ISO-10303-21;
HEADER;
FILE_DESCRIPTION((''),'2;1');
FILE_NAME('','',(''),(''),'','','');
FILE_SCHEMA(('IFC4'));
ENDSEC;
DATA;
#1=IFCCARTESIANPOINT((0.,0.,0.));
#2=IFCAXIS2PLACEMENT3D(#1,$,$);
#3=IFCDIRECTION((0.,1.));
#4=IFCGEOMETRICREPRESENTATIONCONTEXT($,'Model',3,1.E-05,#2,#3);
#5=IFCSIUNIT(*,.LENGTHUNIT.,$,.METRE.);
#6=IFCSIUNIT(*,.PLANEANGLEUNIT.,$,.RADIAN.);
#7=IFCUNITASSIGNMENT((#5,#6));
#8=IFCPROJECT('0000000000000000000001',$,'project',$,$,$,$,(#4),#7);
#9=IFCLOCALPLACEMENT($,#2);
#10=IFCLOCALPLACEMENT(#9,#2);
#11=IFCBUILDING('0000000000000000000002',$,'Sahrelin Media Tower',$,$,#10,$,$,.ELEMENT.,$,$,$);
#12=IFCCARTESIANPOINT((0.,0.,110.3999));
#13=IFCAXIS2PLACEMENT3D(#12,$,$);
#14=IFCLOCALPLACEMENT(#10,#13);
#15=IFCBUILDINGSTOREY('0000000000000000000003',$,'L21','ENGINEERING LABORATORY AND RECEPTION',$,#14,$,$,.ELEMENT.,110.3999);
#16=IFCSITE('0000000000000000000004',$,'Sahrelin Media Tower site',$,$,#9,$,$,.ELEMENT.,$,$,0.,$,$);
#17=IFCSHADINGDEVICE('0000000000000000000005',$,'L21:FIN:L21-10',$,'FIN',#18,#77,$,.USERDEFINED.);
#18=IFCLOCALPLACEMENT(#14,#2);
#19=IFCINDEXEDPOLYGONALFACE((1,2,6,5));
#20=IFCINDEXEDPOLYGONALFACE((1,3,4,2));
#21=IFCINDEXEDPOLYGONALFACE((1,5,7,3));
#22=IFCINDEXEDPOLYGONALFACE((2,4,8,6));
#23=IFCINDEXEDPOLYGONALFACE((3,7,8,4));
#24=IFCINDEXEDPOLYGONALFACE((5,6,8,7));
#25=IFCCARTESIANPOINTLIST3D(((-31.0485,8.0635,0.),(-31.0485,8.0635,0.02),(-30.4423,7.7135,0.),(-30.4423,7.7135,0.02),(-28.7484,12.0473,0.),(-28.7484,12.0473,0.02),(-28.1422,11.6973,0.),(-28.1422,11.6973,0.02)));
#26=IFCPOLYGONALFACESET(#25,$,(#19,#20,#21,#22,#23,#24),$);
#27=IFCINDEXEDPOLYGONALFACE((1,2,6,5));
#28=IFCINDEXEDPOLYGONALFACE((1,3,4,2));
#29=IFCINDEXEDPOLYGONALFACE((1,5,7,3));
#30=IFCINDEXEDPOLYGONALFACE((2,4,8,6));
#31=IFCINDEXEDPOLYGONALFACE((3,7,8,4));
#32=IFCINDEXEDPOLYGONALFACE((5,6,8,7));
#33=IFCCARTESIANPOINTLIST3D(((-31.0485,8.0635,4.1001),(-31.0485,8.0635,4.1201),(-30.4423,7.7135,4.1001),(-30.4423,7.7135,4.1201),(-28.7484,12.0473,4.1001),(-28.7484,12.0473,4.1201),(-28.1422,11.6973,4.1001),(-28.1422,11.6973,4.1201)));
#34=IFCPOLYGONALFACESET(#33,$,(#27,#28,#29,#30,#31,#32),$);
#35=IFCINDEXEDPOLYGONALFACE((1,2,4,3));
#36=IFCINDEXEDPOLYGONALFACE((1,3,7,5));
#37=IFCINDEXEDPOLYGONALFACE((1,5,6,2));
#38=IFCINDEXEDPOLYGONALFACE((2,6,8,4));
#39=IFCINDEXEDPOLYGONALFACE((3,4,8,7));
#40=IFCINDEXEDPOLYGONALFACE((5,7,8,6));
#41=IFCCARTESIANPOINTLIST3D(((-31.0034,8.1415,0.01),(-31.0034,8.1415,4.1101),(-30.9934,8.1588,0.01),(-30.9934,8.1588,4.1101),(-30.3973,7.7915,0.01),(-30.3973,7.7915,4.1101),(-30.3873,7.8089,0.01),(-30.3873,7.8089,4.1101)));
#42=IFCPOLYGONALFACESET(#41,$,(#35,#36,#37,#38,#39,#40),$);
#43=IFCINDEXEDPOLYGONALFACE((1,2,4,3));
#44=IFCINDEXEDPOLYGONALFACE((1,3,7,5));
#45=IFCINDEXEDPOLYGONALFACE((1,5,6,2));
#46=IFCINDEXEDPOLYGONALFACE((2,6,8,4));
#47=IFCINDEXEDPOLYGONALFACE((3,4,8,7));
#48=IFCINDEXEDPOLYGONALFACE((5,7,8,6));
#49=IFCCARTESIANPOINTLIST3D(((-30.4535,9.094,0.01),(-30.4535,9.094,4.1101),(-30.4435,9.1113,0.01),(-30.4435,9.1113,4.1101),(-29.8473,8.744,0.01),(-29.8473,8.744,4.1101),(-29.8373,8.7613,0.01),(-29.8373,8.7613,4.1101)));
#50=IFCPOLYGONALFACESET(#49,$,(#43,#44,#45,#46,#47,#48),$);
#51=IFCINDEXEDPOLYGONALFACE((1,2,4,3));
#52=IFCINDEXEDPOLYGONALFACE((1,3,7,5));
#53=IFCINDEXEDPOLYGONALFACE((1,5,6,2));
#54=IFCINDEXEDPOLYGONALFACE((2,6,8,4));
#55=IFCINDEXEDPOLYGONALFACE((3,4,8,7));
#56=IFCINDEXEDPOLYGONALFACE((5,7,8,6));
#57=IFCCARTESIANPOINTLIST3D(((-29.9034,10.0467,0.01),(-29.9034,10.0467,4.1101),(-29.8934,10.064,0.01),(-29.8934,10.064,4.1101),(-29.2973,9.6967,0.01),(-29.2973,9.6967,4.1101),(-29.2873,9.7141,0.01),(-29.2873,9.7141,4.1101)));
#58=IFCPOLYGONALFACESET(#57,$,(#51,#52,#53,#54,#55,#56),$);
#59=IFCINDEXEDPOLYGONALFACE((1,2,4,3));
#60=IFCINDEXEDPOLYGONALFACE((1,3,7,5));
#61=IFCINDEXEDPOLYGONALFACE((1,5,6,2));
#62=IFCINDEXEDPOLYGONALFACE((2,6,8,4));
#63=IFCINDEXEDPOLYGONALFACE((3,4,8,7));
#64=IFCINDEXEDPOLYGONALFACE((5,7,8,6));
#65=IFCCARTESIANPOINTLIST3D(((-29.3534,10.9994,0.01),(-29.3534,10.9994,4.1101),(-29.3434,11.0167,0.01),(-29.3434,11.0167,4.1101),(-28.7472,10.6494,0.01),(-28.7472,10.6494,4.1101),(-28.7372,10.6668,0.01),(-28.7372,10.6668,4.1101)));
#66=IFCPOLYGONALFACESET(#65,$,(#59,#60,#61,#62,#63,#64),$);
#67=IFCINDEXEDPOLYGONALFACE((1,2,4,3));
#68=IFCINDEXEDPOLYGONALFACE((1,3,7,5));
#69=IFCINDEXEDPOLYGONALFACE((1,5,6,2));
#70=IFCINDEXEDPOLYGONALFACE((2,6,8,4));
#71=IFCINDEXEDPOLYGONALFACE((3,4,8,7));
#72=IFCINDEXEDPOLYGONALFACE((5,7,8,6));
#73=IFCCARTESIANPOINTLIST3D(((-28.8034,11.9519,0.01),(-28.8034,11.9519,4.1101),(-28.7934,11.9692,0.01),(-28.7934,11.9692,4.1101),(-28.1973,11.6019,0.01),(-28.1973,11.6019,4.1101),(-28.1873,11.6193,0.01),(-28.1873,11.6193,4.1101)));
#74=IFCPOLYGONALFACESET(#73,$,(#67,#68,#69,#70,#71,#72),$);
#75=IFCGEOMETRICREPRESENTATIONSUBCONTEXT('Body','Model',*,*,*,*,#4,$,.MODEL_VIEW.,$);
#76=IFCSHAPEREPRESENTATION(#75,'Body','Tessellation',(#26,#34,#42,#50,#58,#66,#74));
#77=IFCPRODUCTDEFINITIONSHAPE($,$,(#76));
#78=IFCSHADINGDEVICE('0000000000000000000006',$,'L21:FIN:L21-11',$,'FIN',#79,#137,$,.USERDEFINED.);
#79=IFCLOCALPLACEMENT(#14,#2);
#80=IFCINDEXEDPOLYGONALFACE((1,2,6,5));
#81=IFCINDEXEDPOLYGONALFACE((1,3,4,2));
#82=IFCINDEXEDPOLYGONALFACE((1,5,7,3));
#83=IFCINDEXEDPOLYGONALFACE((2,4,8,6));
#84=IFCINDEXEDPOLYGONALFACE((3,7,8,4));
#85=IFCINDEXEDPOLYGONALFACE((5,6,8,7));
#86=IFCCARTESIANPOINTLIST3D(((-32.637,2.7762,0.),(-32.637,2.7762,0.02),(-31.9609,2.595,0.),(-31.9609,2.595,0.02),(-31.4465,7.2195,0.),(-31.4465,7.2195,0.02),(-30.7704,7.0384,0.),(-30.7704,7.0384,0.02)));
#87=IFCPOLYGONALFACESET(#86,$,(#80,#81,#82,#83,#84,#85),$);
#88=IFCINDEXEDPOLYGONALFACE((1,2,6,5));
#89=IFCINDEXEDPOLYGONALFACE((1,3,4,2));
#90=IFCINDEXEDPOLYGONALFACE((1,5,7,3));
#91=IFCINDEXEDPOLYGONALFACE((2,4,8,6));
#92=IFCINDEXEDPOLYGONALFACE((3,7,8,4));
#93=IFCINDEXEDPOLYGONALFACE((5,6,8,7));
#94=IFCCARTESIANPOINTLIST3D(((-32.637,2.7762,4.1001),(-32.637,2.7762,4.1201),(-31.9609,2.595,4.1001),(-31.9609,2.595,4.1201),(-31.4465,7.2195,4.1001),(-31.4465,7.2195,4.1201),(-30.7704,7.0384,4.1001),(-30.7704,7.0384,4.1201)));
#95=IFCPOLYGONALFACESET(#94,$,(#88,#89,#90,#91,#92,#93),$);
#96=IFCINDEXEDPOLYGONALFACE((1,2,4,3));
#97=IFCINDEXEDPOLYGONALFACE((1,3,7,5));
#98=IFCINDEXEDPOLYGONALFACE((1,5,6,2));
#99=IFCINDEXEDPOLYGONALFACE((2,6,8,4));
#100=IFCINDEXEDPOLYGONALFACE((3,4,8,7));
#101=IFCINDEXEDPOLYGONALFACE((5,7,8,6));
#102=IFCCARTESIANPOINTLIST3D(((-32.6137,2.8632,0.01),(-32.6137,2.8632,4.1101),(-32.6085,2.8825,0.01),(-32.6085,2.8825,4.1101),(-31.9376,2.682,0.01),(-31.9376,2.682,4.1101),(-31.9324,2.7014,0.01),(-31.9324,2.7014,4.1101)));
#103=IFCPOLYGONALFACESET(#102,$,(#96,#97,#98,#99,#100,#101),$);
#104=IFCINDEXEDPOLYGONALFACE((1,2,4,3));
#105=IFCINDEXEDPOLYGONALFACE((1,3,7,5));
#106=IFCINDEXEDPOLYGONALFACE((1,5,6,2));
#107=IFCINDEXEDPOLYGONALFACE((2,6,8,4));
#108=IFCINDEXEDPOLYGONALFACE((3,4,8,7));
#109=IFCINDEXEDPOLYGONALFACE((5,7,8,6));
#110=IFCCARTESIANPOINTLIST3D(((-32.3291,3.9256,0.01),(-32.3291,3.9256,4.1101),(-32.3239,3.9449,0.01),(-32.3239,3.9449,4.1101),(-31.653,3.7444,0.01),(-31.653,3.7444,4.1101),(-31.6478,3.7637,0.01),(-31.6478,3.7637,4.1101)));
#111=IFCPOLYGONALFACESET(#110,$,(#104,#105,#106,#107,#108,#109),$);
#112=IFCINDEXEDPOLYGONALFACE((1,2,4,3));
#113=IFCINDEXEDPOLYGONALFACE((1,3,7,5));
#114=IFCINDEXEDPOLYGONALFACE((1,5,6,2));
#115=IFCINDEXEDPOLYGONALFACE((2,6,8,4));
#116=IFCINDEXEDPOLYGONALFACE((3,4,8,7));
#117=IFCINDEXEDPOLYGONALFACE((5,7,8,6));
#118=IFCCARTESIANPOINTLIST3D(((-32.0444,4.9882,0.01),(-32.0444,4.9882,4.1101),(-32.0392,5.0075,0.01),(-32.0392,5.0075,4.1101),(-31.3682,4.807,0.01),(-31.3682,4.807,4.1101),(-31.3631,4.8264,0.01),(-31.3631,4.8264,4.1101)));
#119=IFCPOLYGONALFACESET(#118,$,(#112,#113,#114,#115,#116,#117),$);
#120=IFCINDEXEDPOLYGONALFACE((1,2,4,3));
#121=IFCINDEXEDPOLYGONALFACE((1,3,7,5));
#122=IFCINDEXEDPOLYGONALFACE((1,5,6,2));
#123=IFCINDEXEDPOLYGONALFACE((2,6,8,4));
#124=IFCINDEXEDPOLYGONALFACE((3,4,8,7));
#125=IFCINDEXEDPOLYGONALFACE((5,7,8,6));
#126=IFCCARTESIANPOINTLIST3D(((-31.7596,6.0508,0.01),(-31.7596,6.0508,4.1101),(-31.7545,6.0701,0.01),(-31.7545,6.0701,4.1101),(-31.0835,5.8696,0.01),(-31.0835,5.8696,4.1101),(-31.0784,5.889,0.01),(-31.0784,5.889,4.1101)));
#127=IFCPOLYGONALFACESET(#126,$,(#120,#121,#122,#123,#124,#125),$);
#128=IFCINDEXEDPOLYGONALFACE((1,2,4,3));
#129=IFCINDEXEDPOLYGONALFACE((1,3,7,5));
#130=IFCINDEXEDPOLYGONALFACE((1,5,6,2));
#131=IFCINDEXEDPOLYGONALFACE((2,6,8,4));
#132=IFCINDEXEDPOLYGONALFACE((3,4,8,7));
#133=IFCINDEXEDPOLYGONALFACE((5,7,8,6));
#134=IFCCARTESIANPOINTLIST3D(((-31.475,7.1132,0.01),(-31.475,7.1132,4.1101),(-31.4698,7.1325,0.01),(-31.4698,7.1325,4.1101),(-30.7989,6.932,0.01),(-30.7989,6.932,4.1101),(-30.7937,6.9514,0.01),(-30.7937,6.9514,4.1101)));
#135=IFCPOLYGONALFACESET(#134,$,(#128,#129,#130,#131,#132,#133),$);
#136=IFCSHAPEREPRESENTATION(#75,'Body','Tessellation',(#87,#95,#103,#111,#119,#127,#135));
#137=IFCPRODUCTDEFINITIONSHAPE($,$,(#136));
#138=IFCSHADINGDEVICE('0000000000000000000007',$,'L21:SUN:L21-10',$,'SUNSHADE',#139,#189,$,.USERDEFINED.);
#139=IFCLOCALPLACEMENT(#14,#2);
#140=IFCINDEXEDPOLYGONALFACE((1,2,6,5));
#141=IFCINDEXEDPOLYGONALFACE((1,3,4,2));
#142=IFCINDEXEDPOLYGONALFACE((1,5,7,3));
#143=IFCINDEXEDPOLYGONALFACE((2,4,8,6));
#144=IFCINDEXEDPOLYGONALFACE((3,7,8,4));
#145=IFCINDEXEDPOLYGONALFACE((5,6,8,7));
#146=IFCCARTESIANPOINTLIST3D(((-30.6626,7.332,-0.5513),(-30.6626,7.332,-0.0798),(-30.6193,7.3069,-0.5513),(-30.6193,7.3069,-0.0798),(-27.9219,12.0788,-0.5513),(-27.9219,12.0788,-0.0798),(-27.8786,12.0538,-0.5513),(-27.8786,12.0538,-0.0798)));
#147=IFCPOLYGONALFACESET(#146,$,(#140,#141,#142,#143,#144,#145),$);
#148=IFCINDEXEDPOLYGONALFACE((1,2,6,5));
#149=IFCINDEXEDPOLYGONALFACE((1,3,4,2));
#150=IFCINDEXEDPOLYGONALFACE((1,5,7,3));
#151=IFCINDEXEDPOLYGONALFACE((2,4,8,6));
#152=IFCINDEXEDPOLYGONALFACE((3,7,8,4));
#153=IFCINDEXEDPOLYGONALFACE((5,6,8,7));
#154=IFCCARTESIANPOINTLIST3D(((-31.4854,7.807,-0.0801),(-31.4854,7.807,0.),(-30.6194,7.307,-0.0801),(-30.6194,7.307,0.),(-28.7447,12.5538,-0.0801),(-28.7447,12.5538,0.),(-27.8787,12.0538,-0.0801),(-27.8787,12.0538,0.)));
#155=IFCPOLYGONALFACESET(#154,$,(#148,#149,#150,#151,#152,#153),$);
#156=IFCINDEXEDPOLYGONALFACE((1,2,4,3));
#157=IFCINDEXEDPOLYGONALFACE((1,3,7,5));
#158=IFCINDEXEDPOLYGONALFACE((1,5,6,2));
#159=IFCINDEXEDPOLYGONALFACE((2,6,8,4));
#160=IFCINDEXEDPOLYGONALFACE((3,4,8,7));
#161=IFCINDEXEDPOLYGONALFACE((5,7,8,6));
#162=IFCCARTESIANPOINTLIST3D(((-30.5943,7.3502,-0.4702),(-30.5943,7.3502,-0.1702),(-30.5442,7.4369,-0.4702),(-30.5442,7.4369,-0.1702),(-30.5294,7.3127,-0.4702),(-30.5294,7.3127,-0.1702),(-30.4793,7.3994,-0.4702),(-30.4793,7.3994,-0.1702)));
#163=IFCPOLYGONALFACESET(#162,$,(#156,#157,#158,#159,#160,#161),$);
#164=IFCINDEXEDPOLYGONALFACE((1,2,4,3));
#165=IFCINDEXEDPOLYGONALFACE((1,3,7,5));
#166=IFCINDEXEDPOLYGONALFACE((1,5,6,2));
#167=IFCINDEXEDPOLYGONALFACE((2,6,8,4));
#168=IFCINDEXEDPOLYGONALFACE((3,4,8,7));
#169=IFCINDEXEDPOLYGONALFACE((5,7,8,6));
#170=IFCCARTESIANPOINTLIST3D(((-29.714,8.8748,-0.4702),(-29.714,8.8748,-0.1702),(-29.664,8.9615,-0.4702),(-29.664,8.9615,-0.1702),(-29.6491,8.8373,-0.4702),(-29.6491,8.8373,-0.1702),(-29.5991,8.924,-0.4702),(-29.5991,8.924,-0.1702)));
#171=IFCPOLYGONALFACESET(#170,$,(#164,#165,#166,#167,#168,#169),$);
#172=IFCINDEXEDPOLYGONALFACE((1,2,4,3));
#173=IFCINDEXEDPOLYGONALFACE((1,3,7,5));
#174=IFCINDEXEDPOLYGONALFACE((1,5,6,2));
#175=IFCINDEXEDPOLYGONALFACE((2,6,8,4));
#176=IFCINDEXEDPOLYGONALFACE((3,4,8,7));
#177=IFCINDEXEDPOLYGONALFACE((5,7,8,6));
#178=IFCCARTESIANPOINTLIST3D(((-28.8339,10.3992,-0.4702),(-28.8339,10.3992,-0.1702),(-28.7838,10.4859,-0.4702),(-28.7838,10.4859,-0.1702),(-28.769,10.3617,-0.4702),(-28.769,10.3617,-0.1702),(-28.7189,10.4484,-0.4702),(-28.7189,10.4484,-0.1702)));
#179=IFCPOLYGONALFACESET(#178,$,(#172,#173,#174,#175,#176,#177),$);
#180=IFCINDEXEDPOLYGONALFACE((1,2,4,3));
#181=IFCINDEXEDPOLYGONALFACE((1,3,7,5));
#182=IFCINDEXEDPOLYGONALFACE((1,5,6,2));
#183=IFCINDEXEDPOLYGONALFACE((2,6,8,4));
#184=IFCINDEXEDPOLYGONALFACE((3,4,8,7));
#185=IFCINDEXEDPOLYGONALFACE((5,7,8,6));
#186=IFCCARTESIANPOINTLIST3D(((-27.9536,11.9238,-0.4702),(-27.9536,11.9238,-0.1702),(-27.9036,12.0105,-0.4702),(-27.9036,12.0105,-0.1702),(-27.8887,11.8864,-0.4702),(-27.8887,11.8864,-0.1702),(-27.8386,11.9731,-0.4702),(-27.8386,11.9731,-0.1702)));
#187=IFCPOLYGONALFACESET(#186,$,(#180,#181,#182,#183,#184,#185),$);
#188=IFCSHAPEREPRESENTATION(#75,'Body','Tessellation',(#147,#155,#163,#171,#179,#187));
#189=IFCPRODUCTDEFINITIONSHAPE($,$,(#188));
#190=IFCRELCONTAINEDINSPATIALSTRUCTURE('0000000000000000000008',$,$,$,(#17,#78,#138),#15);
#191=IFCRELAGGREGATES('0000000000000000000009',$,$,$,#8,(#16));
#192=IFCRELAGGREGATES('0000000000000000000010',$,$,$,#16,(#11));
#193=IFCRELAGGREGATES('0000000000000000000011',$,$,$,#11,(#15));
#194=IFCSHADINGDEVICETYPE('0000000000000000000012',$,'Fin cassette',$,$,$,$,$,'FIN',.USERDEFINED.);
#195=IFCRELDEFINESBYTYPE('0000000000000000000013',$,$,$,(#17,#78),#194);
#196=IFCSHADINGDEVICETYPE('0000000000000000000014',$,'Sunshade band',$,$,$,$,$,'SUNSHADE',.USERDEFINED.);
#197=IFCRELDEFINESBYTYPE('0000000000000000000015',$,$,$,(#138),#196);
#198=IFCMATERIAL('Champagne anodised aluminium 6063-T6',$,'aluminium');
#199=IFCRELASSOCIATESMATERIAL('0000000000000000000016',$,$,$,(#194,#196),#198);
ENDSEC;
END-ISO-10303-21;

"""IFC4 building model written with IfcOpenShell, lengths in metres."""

from ifc_helpers import new_model, si_unit, direction, frame, origin, origin_2d, place, context, subcontext, project, spatial, rectangle, extrude, material, type_object, element, save


model = new_model("IFC4")

# Units and contexts
model_context = context("Model", 3, precision=1e-05, world=origin(), true_north=direction((0.0, 1.0)))
body_context = subcontext(model_context, "Body", "Model", "MODEL_VIEW")
ifc_project = project(units=[si_unit("LENGTHUNIT", "METRE"), si_unit("PLANEANGLEUNIT", "RADIAN")], contexts=[model_context])

# Site, building, storey
site_placement = place(None, origin())
site = spatial("IfcSite", under=ifc_project, at=site_placement, Name="Sahrelin Media Tower site", CompositionType="ELEMENT", RefElevation=0.0)
building_placement = place(site_placement, origin())
building = spatial("IfcBuilding", under=site, at=building_placement, Name="Sahrelin Media Tower", CompositionType="ELEMENT")
storey_placement = place(building_placement, frame((0.0, 0.0, 110.3999)))
storey = spatial("IfcBuildingStorey", under=building, at=storey_placement, Name="L21", Description="ENGINEERING LABORATORY AND RECEPTION", CompositionType="ELEMENT", Elevation=110.3999)

# Shared definitions
ifc_material_1 = material(Name="Champagne anodised aluminium 6063-T6", Category="aluminium")

# Shading devices
shading_device_type_1 = type_object("IfcShadingDeviceType", Name="Fin cassette", ElementType="FIN", PredefinedType="USERDEFINED", material=ifc_material_1)
placement_1 = place(storey_placement, frame((-29.2317, 9.6704, 0.0), z_axis=(0.0, 0.0, 1.0), x_axis=(0.500011, 0.866019, 0.0)))
element("IfcShadingDevice", 1, at=placement_1, inside=storey, type_object=shading_device_type_1, Name="L21:FIN:L21-10", ObjectType="FIN", PredefinedType="USERDEFINED", context=body_context, shape_type="SweptSolid", body=[
    extrude(rectangle(XDim=4.6001, YDim=0.7, at=origin_2d()), frame((0.0, 0.4199, 0.0)), (0.0, 0.0, 1.0), 0.02),
    extrude(rectangle(XDim=4.6001, YDim=0.7, at=origin_2d()), frame((0.0, 0.4199, 4.1001)), (0.0, 0.0, 1.0), 0.02),
    extrude(rectangle(XDim=0.02, YDim=0.7, at=origin_2d()), frame((-2.2, 0.4199, 0.01), z_axis=(0.0, 0.0, 1.0), x_axis=(1.0, 0.0, 0.0)), (0.0, 0.0, 1.0), 4.1001),
    extrude(rectangle(XDim=0.02, YDim=0.7, at=origin_2d()), frame((-1.1001, 0.4199, 0.01), z_axis=(0.0, 0.0, 1.0), x_axis=(1.0, 0.0, 0.0)), (0.0, 0.0, 1.0), 4.1001),
    extrude(rectangle(XDim=0.02, YDim=0.7, at=origin_2d()), frame((0.0, 0.4199, 0.01), z_axis=(0.0, 0.0, 1.0), x_axis=(1.0, 0.0, 0.0)), (0.0, 0.0, 1.0), 4.1001),
    extrude(rectangle(XDim=0.02, YDim=0.7, at=origin_2d()), frame((1.1001, 0.4199, 0.01), z_axis=(0.0, 0.0, 1.0), x_axis=(1.0, 0.0, 0.0)), (0.0, 0.0, 1.0), 4.1001),
    extrude(rectangle(XDim=0.02, YDim=0.7, at=origin_2d()), frame((2.2, 0.4199, 0.01), z_axis=(0.0, 0.0, 1.0), x_axis=(1.0, 0.0, 0.0)), (0.0, 0.0, 1.0), 4.1001),
])
placement_2 = place(storey_placement, frame((-31.2981, 4.7986, 0.0), z_axis=(0.0, 0.0, 1.0), x_axis=(0.258808, 0.965929, 0.0)))
element("IfcShadingDevice", 2, at=placement_2, inside=storey, type_object=shading_device_type_1, Name="L21:FIN:L21-11", ObjectType="FIN", PredefinedType="USERDEFINED", context=body_context, shape_type="SweptSolid", body=[
    extrude(rectangle(XDim=4.6001, YDim=0.7, at=origin_2d()), frame((0.0, 0.4199, 0.0)), (0.0, 0.0, 1.0), 0.02),
    extrude(rectangle(XDim=4.6001, YDim=0.7, at=origin_2d()), frame((0.0, 0.4199, 4.1001)), (0.0, 0.0, 1.0), 0.02),
    extrude(rectangle(XDim=0.02, YDim=0.7, at=origin_2d()), frame((-2.2, 0.4199, 0.01), z_axis=(0.0, 0.0, 1.0), x_axis=(1.0, 0.0, 0.0)), (0.0, 0.0, 1.0), 4.1001),
    extrude(rectangle(XDim=0.02, YDim=0.7, at=origin_2d()), frame((-1.1001, 0.4199, 0.01), z_axis=(0.0, 0.0, 1.0), x_axis=(1.0, 0.0, 0.0)), (0.0, 0.0, 1.0), 4.1001),
    extrude(rectangle(XDim=0.02, YDim=0.7, at=origin_2d()), frame((0.0, 0.4199, 0.01), z_axis=(0.0, 0.0, 1.0), x_axis=(1.0, 0.0, 0.0)), (0.0, 0.0, 1.0), 4.1001),
    extrude(rectangle(XDim=0.02, YDim=0.7, at=origin_2d()), frame((1.1001, 0.4199, 0.01), z_axis=(0.0, 0.0, 1.0), x_axis=(1.0, 0.0, 0.0)), (0.0, 0.0, 1.0), 4.1001),
    extrude(rectangle(XDim=0.02, YDim=0.7, at=origin_2d()), frame((2.2, 0.4199, 0.01), z_axis=(0.0, 0.0, 1.0), x_axis=(1.0, 0.0, 0.0)), (0.0, 0.0, 1.0), 4.1001),
])
shading_device_type_2 = type_object("IfcShadingDeviceType", Name="Sunshade band", ElementType="SUNSHADE", PredefinedType="USERDEFINED", material=ifc_material_1)
element("IfcShadingDevice", 3, at=placement_1, inside=storey, type_object=shading_device_type_2, Name="L21:SUN:L21-10", ObjectType="SUNSHADE", PredefinedType="USERDEFINED", context=body_context, shape_type="SweptSolid", body=[
    extrude(rectangle(XDim=5.4812, YDim=0.05, at=origin_2d()), frame((0.0, 0.0449, -0.5513)), (0.0, 0.0, 1.0), 0.4714),
    extrude(rectangle(XDim=5.4812, YDim=1.0, at=origin_2d()), frame((0.0, 0.52, -0.0801)), (0.0, 0.0, 1.0), 0.0801),
    extrude(rectangle(XDim=0.1001, YDim=0.075, at=origin_2d()), frame((-2.6406, -0.0176, -0.4702)), (0.0, 0.0, 1.0), 0.3),
    extrude(rectangle(XDim=0.1001, YDim=0.075, at=origin_2d()), frame((-0.8801, -0.0176, -0.4702)), (0.0, 0.0, 1.0), 0.3),
    extrude(rectangle(XDim=0.1001, YDim=0.075, at=origin_2d()), frame((0.8801, -0.0176, -0.4702)), (0.0, 0.0, 1.0), 0.3),
    extrude(rectangle(XDim=0.1001, YDim=0.075, at=origin_2d()), frame((2.6406, -0.0176, -0.4702)), (0.0, 0.0, 1.0), 0.3),
])

save(model, "model.ifc")
